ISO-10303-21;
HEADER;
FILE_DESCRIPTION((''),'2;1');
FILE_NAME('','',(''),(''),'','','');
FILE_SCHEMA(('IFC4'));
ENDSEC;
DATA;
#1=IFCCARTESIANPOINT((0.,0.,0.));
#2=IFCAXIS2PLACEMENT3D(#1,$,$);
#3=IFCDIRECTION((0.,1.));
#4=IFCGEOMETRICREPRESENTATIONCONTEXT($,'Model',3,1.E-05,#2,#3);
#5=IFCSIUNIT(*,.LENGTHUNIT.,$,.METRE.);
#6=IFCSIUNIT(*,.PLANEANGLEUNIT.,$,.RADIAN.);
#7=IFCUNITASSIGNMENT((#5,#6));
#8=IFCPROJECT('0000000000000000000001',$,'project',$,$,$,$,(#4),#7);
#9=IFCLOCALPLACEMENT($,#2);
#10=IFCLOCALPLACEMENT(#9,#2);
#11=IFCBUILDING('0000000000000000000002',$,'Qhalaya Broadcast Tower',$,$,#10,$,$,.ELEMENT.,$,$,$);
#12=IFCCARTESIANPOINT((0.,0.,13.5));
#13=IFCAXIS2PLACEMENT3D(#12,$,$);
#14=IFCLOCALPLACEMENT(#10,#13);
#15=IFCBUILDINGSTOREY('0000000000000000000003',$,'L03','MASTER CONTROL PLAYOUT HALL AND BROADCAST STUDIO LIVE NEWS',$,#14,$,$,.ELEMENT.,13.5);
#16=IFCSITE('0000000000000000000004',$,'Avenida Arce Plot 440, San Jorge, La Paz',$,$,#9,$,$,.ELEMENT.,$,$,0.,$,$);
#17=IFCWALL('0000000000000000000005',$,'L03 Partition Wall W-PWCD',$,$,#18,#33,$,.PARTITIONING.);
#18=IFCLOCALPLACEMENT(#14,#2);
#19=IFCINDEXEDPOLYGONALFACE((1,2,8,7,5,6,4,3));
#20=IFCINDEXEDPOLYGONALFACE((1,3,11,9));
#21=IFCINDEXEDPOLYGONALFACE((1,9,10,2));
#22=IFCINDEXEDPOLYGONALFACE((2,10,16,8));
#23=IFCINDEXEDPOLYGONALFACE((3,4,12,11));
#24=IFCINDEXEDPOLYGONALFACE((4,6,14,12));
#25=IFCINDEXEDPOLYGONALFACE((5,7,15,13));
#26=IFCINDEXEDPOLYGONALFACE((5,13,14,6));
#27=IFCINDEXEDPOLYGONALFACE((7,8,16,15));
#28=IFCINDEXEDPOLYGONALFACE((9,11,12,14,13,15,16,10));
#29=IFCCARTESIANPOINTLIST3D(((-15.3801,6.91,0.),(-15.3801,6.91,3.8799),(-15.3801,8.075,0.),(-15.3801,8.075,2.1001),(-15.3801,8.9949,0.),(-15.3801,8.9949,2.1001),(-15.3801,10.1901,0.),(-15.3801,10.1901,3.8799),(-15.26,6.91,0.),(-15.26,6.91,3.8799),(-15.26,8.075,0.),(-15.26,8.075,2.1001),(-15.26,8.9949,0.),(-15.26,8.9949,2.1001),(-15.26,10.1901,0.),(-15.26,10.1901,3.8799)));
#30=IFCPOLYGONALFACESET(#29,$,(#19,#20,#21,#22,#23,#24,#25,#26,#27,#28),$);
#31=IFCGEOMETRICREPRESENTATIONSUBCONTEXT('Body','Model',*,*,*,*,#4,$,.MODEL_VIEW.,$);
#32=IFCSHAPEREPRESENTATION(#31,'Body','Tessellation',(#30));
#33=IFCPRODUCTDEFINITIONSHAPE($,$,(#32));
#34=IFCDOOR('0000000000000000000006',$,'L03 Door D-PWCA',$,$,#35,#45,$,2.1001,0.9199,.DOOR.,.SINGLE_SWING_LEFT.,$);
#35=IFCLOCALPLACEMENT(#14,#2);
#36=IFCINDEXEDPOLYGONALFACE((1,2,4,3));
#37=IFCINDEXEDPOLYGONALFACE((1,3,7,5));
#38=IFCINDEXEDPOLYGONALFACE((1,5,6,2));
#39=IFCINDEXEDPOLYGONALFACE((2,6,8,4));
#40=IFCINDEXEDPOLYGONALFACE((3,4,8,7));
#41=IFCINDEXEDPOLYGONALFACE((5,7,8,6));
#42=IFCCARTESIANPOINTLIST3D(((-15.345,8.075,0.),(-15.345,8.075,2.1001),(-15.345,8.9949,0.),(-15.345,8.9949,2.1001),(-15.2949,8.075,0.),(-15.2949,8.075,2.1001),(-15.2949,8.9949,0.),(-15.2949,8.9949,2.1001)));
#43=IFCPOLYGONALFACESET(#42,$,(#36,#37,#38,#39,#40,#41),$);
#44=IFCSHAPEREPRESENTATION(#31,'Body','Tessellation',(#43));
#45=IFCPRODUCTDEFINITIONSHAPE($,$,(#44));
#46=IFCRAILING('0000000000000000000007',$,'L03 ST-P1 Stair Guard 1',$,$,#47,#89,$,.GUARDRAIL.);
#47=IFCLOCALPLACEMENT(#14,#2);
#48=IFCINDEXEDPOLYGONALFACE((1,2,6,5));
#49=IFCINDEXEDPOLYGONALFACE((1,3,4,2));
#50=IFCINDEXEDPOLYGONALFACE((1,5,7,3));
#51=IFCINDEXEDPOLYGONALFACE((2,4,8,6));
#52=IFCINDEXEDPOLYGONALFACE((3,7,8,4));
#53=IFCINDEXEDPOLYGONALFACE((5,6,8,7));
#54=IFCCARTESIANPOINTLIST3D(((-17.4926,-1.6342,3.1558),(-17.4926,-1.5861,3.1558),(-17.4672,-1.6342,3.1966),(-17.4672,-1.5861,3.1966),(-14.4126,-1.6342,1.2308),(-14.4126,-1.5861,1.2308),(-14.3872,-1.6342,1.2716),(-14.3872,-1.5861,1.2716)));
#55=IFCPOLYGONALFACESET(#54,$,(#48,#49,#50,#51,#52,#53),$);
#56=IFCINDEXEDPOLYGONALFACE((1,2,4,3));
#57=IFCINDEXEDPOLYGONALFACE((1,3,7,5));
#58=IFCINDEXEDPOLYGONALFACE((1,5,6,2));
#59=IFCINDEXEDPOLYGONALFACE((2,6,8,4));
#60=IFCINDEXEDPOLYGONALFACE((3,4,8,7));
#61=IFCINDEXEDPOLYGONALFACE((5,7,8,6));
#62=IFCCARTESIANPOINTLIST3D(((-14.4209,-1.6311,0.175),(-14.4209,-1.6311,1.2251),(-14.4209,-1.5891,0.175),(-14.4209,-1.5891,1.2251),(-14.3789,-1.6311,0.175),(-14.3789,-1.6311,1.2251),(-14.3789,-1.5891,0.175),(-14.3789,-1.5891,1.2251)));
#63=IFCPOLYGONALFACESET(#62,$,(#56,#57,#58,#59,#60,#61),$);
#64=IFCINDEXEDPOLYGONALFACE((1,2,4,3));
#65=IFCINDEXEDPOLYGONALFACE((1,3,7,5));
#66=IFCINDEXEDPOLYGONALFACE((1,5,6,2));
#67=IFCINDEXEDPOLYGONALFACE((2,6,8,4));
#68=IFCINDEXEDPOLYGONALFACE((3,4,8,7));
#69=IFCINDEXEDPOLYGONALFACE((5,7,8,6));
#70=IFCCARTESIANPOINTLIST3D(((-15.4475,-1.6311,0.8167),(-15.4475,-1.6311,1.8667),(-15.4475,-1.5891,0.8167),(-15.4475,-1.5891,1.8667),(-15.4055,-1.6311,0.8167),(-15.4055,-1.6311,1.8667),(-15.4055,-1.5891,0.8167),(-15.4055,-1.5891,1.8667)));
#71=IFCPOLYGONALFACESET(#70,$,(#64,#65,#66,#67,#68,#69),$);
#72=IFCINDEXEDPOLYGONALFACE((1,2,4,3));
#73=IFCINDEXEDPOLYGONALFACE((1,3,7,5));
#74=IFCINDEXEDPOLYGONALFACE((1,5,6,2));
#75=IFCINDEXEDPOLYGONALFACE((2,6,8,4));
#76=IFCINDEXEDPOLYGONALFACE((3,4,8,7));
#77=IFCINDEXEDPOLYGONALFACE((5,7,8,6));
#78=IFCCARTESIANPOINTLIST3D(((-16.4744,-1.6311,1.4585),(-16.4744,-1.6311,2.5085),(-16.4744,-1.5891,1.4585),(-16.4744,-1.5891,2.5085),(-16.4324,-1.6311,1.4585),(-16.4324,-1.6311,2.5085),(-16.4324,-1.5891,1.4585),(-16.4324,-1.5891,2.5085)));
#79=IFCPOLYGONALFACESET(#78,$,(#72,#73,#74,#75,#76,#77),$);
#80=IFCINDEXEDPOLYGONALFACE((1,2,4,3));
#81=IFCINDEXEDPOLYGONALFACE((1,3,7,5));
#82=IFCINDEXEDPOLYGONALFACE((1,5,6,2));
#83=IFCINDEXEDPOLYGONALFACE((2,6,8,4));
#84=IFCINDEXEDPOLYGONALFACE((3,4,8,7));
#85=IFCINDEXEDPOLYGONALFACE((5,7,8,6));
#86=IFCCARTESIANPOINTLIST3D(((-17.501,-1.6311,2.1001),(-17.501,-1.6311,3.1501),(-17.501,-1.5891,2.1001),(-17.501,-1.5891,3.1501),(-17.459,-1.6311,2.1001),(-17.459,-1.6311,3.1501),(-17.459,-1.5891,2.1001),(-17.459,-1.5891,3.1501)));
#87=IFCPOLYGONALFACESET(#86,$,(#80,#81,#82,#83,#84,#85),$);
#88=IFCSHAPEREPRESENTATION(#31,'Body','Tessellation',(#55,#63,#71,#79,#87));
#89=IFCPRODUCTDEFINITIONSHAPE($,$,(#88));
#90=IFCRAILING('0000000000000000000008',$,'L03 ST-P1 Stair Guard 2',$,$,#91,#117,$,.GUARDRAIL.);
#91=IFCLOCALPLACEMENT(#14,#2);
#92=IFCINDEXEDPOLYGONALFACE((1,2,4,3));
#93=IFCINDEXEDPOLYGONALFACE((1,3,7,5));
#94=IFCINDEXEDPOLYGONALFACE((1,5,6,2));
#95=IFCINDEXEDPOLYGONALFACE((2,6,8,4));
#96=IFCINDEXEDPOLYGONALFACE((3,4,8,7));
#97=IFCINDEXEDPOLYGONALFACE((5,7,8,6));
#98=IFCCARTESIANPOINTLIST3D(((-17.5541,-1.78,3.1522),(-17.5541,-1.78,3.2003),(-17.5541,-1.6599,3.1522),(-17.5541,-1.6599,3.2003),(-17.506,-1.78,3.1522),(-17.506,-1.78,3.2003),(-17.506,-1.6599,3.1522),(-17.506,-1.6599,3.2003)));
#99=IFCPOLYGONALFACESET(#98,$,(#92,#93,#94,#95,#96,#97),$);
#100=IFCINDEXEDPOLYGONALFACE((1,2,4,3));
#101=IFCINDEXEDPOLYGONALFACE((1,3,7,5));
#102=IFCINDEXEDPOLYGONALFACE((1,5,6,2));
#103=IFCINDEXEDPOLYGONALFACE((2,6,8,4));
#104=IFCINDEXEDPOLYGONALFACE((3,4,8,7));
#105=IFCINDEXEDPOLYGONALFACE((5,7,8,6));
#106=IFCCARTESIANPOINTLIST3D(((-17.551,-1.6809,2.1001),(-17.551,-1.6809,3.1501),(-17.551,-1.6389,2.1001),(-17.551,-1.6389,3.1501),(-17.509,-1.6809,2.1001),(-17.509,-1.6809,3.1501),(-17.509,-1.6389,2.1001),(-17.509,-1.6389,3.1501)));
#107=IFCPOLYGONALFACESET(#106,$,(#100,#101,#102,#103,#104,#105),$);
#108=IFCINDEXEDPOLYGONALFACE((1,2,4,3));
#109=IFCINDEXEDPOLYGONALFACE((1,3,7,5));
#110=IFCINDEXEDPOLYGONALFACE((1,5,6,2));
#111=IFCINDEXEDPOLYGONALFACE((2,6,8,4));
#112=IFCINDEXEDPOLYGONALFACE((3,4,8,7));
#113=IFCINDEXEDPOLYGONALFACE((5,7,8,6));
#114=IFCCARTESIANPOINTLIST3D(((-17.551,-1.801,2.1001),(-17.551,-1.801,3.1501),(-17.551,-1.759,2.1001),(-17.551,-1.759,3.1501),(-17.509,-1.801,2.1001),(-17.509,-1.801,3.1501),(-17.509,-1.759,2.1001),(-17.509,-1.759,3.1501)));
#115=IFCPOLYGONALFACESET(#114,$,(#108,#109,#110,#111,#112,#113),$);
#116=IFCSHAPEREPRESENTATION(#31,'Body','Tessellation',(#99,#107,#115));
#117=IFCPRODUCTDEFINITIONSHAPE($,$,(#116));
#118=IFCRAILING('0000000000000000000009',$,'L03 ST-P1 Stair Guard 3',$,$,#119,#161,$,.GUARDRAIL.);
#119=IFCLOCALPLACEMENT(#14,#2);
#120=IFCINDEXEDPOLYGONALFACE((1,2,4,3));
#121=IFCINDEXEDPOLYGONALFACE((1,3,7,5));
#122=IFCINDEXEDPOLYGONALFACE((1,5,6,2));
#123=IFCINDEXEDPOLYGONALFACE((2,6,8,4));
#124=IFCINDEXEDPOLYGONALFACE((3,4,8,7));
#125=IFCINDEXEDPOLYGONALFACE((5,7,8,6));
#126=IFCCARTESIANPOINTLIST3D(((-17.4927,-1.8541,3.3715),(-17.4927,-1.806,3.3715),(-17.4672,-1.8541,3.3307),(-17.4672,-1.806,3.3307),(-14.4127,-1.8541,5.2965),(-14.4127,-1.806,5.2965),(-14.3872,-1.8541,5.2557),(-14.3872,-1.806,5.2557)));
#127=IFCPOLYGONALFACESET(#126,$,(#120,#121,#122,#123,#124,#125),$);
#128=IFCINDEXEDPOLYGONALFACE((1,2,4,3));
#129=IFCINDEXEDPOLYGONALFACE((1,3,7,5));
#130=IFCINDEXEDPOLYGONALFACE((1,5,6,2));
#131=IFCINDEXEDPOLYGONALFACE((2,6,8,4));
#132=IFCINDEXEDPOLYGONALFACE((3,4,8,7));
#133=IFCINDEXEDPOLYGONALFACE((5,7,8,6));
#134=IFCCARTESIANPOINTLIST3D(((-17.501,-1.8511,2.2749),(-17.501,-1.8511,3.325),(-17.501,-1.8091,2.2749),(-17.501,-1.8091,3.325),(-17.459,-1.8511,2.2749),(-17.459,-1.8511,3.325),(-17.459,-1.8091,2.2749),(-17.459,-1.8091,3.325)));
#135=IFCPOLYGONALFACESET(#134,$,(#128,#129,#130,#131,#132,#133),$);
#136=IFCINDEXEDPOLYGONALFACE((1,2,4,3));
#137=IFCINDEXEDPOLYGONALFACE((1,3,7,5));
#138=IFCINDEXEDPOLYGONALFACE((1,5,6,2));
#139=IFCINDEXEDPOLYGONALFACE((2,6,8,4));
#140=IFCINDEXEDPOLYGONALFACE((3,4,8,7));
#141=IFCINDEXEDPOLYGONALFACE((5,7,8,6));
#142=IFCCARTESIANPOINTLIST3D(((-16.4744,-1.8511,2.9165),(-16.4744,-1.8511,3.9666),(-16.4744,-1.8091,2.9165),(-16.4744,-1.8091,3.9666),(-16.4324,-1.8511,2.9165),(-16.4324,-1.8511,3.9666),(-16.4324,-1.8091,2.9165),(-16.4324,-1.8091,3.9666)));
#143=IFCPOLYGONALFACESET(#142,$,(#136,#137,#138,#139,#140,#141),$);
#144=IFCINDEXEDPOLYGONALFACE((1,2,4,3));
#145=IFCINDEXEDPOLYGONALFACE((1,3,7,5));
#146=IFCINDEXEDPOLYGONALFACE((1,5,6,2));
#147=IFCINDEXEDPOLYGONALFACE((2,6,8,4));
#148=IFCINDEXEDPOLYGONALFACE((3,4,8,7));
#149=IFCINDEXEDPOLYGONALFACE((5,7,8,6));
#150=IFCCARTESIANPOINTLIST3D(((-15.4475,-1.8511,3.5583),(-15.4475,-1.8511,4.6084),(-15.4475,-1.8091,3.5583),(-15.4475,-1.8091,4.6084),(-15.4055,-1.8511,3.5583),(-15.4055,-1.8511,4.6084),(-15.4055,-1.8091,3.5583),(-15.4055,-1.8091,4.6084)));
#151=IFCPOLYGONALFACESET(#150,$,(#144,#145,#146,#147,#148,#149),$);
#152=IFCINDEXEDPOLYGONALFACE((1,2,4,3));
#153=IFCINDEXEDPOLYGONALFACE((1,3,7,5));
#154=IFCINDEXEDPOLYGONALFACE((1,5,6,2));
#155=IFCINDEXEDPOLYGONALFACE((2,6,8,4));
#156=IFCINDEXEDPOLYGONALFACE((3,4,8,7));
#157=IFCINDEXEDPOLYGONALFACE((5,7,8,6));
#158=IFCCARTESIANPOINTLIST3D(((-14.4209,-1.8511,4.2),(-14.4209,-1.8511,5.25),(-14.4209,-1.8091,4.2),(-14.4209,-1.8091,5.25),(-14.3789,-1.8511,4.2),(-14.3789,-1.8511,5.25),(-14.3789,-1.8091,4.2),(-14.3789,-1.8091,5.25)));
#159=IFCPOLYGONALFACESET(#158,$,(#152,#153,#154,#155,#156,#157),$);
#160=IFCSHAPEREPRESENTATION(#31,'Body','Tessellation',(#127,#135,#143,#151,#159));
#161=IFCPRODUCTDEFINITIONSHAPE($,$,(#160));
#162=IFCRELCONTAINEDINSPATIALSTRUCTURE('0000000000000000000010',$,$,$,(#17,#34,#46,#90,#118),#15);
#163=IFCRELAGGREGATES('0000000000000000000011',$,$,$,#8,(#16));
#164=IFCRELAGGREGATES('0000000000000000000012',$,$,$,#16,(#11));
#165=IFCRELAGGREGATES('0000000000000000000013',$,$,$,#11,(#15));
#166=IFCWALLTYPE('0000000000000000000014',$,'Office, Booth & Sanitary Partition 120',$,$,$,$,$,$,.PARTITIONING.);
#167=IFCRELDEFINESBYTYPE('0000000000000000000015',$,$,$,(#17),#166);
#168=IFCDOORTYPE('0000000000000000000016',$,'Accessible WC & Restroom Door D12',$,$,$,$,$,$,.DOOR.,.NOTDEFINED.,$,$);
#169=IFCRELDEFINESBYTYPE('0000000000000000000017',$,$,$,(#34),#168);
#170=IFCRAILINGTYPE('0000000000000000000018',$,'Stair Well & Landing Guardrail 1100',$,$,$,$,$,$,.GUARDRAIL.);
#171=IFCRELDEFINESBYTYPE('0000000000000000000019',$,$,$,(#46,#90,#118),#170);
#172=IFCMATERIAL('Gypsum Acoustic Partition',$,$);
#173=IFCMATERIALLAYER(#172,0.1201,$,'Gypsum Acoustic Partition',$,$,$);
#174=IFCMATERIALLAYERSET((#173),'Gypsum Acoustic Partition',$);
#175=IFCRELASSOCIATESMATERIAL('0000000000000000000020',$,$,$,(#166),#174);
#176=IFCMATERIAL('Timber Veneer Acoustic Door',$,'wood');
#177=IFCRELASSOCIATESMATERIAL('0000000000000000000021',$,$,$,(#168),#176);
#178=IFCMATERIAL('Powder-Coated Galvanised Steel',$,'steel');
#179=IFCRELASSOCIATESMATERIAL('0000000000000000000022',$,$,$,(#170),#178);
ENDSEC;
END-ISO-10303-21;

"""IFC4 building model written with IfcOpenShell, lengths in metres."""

from ifc_helpers import new_model, si_unit, direction, frame, frame_2d, origin, origin_2d, place, context, subcontext, project, spatial, rectangle, extrude, material, layer, layer_set, type_object, element, fill, save


model = new_model("IFC4")

# Units and contexts
model_context = context("Model", 3, precision=1e-05, world=origin(), true_north=direction((0.0, 1.0)))
body_context = subcontext(model_context, "Body", "Model", "MODEL_VIEW")
ifc_project = project(units=[si_unit("LENGTHUNIT", "METRE"), si_unit("PLANEANGLEUNIT", "RADIAN")], contexts=[model_context])

# Site, building, storey
site_placement = place(None, origin())
site = spatial("IfcSite", under=ifc_project, at=site_placement, Name="Avenida Arce Plot 440, San Jorge, La Paz", CompositionType="ELEMENT", RefElevation=0.0)
building_placement = place(site_placement, origin())
building = spatial("IfcBuilding", under=site, at=building_placement, Name="Qhalaya Broadcast Tower", CompositionType="ELEMENT")
storey_placement = place(building_placement, frame((0.0, 0.0, 13.5)))
storey = spatial("IfcBuildingStorey", under=building, at=storey_placement, Name="L03", Description="MASTER CONTROL PLAYOUT HALL AND BROADCAST STUDIO LIVE NEWS", CompositionType="ELEMENT", Elevation=13.5)

# Shared definitions
ifc_material_1 = material(Name="Gypsum Acoustic Partition")
ifc_material_2 = material(Name="Timber Veneer Acoustic Door", Category="wood")

# Shared definitions
ifc_layer_1 = layer(ifc_material_1, 0.1201, Name="Gypsum Acoustic Partition")
ifc_layer_set_1 = layer_set([ifc_layer_1], Name="Gypsum Acoustic Partition")
wall_type_1 = type_object("IfcWallType", Name="Office, Booth & Sanitary Partition 120", PredefinedType="PARTITIONING", material=ifc_layer_set_1)

# Wall, opening, door
wall_1_placement = place(storey_placement, frame((-15.3201, 6.9099, 0.0), z_axis=(0.0, 0.0, 1.0), x_axis=(0.0, 1.0, 0.0)))
wall_1 = element("IfcWall", 1, at=wall_1_placement, inside=storey, type_object=wall_type_1, Name="L03 Partition Wall W-PWCD", PredefinedType="PARTITIONING", context=body_context, shape_type="SweptSolid", body=[
    extrude(rectangle(XDim=3.28, YDim=0.1201, at=frame_2d((1.6401, 0.0))), origin(), (0.0, 0.0, 1.0), 3.8799),
])
opening_1_placement = place(wall_1_placement, frame((1.165, 0.0, 0.0)))
opening_1 = element("IfcOpeningElement", 2, at=opening_1_placement, cuts=wall_1, PredefinedType="OPENING", context=body_context, shape_type="SweptSolid", body=[
    extrude(rectangle(XDim=0.9199, YDim=2.1001, at=frame_2d((0.46, 1.05))), frame((0.0, 0.072, 0.0), z_axis=(0.0, -1.0, 0.0), x_axis=(1.0, 0.0, 0.0)), (0.0, 0.0, 1.0), 0.144),
])
door_type_1 = type_object("IfcDoorType", Name="Accessible WC & Restroom Door D12", OperationType="NOTDEFINED", PredefinedType="DOOR", material=ifc_material_2)
door_1_placement = place(opening_1_placement, origin())
door_1 = element("IfcDoor", 3, at=door_1_placement, inside=storey, type_object=door_type_1, Name="L03 Door D-PWCA", OperationType="SINGLE_SWING_LEFT", OverallHeight=2.1001, OverallWidth=0.9199, PredefinedType="DOOR", context=body_context, shape_type="SweptSolid", body=[
    extrude(rectangle(XDim=0.9199, YDim=2.1001, at=frame_2d((0.46, 1.05))), frame((0.0, 0.0249, 0.0), z_axis=(0.0, -1.0, 0.0), x_axis=(1.0, 0.0, 0.0)), (0.0, 0.0, 1.0), 0.05),
])
fill(opening_1, door_1)

# Railings
ifc_material_3 = material(Name="Powder-Coated Galvanised Steel", Category="steel")
railing_type = type_object("IfcRailingType", Name="Stair Well & Landing Guardrail 1100", PredefinedType="GUARDRAIL", material=ifc_material_3)
railing_1_placement = place(storey_placement, frame((-14.3999, -1.6101, 0.175)))
element("IfcRailing", 4, at=railing_1_placement, inside=storey, type_object=railing_type, Name="L03 ST-P1 Stair Guard 1", PredefinedType="GUARDRAIL", context=body_context, shape_type="SweptSolid", body=[
    extrude(rectangle(XDim=0.0481, YDim=0.0481, at=origin_2d()), frame((0.0, 0.0, 1.0762), z_axis=(-0.847998, 0.0, 0.529999), x_axis=(0.0, -1.0, 0.0)), (0.0, 0.0, 1.0), 3.6321),
    extrude(rectangle(XDim=0.042, YDim=0.042, at=origin_2d()), origin(), (0.0, 0.0, 1.0), 1.05),
    extrude(rectangle(XDim=0.042, YDim=0.042, at=origin_2d()), frame((-1.0266, 0.0, 0.6416)), (0.0, 0.0, 1.0), 1.05),
    extrude(rectangle(XDim=0.042, YDim=0.042, at=origin_2d()), frame((-2.0535, 0.0, 1.2834)), (0.0, 0.0, 1.0), 1.05),
    extrude(rectangle(XDim=0.042, YDim=0.042, at=origin_2d()), frame((-3.0801, 0.0, 1.925)), (0.0, 0.0, 1.0), 1.05),
])
railing_2_placement = place(storey_placement, frame((-17.53, -1.6599, 2.1001)))
element("IfcRailing", 5, at=railing_2_placement, inside=storey, type_object=railing_type, Name="L03 ST-P1 Stair Guard 2", PredefinedType="GUARDRAIL", context=body_context, shape_type="SweptSolid", body=[
    extrude(rectangle(XDim=0.0481, YDim=0.0481, at=origin_2d()), frame((0.0, 0.0, 1.0762), z_axis=(0.0, -1.0, 0.0), x_axis=(1.0, 0.0, 0.0)), (0.0, 0.0, 1.0), 0.1201),
    extrude(rectangle(XDim=0.042, YDim=0.042, at=origin_2d()), origin(), (0.0, 0.0, 1.0), 1.05),
    extrude(rectangle(XDim=0.042, YDim=0.042, at=origin_2d()), frame((0.0, -0.1201, 0.0)), (0.0, 0.0, 1.0), 1.05),
])
railing_3_placement = place(storey_placement, frame((-17.48, -1.8301, 2.2749)))
element("IfcRailing", 6, at=railing_3_placement, inside=storey, type_object=railing_type, Name="L03 ST-P1 Stair Guard 3", PredefinedType="GUARDRAIL", context=body_context, shape_type="SweptSolid", body=[
    extrude(rectangle(XDim=0.0481, YDim=0.0481, at=origin_2d()), frame((0.0, 0.0, 1.0762), z_axis=(0.847998, 0.0, 0.529999), x_axis=(0.0, 1.0, 0.0)), (0.0, 0.0, 1.0), 3.6321),
    extrude(rectangle(XDim=0.042, YDim=0.042, at=origin_2d()), origin(), (0.0, 0.0, 1.0), 1.05),
    extrude(rectangle(XDim=0.042, YDim=0.042, at=origin_2d()), frame((1.0266, 0.0, 0.6416)), (0.0, 0.0, 1.0), 1.05),
    extrude(rectangle(XDim=0.042, YDim=0.042, at=origin_2d()), frame((2.0535, 0.0, 1.2834)), (0.0, 0.0, 1.0), 1.05),
    extrude(rectangle(XDim=0.042, YDim=0.042, at=origin_2d()), frame((3.0801, 0.0, 1.925)), (0.0, 0.0, 1.0), 1.05),
])

save(model, "model.ifc")
